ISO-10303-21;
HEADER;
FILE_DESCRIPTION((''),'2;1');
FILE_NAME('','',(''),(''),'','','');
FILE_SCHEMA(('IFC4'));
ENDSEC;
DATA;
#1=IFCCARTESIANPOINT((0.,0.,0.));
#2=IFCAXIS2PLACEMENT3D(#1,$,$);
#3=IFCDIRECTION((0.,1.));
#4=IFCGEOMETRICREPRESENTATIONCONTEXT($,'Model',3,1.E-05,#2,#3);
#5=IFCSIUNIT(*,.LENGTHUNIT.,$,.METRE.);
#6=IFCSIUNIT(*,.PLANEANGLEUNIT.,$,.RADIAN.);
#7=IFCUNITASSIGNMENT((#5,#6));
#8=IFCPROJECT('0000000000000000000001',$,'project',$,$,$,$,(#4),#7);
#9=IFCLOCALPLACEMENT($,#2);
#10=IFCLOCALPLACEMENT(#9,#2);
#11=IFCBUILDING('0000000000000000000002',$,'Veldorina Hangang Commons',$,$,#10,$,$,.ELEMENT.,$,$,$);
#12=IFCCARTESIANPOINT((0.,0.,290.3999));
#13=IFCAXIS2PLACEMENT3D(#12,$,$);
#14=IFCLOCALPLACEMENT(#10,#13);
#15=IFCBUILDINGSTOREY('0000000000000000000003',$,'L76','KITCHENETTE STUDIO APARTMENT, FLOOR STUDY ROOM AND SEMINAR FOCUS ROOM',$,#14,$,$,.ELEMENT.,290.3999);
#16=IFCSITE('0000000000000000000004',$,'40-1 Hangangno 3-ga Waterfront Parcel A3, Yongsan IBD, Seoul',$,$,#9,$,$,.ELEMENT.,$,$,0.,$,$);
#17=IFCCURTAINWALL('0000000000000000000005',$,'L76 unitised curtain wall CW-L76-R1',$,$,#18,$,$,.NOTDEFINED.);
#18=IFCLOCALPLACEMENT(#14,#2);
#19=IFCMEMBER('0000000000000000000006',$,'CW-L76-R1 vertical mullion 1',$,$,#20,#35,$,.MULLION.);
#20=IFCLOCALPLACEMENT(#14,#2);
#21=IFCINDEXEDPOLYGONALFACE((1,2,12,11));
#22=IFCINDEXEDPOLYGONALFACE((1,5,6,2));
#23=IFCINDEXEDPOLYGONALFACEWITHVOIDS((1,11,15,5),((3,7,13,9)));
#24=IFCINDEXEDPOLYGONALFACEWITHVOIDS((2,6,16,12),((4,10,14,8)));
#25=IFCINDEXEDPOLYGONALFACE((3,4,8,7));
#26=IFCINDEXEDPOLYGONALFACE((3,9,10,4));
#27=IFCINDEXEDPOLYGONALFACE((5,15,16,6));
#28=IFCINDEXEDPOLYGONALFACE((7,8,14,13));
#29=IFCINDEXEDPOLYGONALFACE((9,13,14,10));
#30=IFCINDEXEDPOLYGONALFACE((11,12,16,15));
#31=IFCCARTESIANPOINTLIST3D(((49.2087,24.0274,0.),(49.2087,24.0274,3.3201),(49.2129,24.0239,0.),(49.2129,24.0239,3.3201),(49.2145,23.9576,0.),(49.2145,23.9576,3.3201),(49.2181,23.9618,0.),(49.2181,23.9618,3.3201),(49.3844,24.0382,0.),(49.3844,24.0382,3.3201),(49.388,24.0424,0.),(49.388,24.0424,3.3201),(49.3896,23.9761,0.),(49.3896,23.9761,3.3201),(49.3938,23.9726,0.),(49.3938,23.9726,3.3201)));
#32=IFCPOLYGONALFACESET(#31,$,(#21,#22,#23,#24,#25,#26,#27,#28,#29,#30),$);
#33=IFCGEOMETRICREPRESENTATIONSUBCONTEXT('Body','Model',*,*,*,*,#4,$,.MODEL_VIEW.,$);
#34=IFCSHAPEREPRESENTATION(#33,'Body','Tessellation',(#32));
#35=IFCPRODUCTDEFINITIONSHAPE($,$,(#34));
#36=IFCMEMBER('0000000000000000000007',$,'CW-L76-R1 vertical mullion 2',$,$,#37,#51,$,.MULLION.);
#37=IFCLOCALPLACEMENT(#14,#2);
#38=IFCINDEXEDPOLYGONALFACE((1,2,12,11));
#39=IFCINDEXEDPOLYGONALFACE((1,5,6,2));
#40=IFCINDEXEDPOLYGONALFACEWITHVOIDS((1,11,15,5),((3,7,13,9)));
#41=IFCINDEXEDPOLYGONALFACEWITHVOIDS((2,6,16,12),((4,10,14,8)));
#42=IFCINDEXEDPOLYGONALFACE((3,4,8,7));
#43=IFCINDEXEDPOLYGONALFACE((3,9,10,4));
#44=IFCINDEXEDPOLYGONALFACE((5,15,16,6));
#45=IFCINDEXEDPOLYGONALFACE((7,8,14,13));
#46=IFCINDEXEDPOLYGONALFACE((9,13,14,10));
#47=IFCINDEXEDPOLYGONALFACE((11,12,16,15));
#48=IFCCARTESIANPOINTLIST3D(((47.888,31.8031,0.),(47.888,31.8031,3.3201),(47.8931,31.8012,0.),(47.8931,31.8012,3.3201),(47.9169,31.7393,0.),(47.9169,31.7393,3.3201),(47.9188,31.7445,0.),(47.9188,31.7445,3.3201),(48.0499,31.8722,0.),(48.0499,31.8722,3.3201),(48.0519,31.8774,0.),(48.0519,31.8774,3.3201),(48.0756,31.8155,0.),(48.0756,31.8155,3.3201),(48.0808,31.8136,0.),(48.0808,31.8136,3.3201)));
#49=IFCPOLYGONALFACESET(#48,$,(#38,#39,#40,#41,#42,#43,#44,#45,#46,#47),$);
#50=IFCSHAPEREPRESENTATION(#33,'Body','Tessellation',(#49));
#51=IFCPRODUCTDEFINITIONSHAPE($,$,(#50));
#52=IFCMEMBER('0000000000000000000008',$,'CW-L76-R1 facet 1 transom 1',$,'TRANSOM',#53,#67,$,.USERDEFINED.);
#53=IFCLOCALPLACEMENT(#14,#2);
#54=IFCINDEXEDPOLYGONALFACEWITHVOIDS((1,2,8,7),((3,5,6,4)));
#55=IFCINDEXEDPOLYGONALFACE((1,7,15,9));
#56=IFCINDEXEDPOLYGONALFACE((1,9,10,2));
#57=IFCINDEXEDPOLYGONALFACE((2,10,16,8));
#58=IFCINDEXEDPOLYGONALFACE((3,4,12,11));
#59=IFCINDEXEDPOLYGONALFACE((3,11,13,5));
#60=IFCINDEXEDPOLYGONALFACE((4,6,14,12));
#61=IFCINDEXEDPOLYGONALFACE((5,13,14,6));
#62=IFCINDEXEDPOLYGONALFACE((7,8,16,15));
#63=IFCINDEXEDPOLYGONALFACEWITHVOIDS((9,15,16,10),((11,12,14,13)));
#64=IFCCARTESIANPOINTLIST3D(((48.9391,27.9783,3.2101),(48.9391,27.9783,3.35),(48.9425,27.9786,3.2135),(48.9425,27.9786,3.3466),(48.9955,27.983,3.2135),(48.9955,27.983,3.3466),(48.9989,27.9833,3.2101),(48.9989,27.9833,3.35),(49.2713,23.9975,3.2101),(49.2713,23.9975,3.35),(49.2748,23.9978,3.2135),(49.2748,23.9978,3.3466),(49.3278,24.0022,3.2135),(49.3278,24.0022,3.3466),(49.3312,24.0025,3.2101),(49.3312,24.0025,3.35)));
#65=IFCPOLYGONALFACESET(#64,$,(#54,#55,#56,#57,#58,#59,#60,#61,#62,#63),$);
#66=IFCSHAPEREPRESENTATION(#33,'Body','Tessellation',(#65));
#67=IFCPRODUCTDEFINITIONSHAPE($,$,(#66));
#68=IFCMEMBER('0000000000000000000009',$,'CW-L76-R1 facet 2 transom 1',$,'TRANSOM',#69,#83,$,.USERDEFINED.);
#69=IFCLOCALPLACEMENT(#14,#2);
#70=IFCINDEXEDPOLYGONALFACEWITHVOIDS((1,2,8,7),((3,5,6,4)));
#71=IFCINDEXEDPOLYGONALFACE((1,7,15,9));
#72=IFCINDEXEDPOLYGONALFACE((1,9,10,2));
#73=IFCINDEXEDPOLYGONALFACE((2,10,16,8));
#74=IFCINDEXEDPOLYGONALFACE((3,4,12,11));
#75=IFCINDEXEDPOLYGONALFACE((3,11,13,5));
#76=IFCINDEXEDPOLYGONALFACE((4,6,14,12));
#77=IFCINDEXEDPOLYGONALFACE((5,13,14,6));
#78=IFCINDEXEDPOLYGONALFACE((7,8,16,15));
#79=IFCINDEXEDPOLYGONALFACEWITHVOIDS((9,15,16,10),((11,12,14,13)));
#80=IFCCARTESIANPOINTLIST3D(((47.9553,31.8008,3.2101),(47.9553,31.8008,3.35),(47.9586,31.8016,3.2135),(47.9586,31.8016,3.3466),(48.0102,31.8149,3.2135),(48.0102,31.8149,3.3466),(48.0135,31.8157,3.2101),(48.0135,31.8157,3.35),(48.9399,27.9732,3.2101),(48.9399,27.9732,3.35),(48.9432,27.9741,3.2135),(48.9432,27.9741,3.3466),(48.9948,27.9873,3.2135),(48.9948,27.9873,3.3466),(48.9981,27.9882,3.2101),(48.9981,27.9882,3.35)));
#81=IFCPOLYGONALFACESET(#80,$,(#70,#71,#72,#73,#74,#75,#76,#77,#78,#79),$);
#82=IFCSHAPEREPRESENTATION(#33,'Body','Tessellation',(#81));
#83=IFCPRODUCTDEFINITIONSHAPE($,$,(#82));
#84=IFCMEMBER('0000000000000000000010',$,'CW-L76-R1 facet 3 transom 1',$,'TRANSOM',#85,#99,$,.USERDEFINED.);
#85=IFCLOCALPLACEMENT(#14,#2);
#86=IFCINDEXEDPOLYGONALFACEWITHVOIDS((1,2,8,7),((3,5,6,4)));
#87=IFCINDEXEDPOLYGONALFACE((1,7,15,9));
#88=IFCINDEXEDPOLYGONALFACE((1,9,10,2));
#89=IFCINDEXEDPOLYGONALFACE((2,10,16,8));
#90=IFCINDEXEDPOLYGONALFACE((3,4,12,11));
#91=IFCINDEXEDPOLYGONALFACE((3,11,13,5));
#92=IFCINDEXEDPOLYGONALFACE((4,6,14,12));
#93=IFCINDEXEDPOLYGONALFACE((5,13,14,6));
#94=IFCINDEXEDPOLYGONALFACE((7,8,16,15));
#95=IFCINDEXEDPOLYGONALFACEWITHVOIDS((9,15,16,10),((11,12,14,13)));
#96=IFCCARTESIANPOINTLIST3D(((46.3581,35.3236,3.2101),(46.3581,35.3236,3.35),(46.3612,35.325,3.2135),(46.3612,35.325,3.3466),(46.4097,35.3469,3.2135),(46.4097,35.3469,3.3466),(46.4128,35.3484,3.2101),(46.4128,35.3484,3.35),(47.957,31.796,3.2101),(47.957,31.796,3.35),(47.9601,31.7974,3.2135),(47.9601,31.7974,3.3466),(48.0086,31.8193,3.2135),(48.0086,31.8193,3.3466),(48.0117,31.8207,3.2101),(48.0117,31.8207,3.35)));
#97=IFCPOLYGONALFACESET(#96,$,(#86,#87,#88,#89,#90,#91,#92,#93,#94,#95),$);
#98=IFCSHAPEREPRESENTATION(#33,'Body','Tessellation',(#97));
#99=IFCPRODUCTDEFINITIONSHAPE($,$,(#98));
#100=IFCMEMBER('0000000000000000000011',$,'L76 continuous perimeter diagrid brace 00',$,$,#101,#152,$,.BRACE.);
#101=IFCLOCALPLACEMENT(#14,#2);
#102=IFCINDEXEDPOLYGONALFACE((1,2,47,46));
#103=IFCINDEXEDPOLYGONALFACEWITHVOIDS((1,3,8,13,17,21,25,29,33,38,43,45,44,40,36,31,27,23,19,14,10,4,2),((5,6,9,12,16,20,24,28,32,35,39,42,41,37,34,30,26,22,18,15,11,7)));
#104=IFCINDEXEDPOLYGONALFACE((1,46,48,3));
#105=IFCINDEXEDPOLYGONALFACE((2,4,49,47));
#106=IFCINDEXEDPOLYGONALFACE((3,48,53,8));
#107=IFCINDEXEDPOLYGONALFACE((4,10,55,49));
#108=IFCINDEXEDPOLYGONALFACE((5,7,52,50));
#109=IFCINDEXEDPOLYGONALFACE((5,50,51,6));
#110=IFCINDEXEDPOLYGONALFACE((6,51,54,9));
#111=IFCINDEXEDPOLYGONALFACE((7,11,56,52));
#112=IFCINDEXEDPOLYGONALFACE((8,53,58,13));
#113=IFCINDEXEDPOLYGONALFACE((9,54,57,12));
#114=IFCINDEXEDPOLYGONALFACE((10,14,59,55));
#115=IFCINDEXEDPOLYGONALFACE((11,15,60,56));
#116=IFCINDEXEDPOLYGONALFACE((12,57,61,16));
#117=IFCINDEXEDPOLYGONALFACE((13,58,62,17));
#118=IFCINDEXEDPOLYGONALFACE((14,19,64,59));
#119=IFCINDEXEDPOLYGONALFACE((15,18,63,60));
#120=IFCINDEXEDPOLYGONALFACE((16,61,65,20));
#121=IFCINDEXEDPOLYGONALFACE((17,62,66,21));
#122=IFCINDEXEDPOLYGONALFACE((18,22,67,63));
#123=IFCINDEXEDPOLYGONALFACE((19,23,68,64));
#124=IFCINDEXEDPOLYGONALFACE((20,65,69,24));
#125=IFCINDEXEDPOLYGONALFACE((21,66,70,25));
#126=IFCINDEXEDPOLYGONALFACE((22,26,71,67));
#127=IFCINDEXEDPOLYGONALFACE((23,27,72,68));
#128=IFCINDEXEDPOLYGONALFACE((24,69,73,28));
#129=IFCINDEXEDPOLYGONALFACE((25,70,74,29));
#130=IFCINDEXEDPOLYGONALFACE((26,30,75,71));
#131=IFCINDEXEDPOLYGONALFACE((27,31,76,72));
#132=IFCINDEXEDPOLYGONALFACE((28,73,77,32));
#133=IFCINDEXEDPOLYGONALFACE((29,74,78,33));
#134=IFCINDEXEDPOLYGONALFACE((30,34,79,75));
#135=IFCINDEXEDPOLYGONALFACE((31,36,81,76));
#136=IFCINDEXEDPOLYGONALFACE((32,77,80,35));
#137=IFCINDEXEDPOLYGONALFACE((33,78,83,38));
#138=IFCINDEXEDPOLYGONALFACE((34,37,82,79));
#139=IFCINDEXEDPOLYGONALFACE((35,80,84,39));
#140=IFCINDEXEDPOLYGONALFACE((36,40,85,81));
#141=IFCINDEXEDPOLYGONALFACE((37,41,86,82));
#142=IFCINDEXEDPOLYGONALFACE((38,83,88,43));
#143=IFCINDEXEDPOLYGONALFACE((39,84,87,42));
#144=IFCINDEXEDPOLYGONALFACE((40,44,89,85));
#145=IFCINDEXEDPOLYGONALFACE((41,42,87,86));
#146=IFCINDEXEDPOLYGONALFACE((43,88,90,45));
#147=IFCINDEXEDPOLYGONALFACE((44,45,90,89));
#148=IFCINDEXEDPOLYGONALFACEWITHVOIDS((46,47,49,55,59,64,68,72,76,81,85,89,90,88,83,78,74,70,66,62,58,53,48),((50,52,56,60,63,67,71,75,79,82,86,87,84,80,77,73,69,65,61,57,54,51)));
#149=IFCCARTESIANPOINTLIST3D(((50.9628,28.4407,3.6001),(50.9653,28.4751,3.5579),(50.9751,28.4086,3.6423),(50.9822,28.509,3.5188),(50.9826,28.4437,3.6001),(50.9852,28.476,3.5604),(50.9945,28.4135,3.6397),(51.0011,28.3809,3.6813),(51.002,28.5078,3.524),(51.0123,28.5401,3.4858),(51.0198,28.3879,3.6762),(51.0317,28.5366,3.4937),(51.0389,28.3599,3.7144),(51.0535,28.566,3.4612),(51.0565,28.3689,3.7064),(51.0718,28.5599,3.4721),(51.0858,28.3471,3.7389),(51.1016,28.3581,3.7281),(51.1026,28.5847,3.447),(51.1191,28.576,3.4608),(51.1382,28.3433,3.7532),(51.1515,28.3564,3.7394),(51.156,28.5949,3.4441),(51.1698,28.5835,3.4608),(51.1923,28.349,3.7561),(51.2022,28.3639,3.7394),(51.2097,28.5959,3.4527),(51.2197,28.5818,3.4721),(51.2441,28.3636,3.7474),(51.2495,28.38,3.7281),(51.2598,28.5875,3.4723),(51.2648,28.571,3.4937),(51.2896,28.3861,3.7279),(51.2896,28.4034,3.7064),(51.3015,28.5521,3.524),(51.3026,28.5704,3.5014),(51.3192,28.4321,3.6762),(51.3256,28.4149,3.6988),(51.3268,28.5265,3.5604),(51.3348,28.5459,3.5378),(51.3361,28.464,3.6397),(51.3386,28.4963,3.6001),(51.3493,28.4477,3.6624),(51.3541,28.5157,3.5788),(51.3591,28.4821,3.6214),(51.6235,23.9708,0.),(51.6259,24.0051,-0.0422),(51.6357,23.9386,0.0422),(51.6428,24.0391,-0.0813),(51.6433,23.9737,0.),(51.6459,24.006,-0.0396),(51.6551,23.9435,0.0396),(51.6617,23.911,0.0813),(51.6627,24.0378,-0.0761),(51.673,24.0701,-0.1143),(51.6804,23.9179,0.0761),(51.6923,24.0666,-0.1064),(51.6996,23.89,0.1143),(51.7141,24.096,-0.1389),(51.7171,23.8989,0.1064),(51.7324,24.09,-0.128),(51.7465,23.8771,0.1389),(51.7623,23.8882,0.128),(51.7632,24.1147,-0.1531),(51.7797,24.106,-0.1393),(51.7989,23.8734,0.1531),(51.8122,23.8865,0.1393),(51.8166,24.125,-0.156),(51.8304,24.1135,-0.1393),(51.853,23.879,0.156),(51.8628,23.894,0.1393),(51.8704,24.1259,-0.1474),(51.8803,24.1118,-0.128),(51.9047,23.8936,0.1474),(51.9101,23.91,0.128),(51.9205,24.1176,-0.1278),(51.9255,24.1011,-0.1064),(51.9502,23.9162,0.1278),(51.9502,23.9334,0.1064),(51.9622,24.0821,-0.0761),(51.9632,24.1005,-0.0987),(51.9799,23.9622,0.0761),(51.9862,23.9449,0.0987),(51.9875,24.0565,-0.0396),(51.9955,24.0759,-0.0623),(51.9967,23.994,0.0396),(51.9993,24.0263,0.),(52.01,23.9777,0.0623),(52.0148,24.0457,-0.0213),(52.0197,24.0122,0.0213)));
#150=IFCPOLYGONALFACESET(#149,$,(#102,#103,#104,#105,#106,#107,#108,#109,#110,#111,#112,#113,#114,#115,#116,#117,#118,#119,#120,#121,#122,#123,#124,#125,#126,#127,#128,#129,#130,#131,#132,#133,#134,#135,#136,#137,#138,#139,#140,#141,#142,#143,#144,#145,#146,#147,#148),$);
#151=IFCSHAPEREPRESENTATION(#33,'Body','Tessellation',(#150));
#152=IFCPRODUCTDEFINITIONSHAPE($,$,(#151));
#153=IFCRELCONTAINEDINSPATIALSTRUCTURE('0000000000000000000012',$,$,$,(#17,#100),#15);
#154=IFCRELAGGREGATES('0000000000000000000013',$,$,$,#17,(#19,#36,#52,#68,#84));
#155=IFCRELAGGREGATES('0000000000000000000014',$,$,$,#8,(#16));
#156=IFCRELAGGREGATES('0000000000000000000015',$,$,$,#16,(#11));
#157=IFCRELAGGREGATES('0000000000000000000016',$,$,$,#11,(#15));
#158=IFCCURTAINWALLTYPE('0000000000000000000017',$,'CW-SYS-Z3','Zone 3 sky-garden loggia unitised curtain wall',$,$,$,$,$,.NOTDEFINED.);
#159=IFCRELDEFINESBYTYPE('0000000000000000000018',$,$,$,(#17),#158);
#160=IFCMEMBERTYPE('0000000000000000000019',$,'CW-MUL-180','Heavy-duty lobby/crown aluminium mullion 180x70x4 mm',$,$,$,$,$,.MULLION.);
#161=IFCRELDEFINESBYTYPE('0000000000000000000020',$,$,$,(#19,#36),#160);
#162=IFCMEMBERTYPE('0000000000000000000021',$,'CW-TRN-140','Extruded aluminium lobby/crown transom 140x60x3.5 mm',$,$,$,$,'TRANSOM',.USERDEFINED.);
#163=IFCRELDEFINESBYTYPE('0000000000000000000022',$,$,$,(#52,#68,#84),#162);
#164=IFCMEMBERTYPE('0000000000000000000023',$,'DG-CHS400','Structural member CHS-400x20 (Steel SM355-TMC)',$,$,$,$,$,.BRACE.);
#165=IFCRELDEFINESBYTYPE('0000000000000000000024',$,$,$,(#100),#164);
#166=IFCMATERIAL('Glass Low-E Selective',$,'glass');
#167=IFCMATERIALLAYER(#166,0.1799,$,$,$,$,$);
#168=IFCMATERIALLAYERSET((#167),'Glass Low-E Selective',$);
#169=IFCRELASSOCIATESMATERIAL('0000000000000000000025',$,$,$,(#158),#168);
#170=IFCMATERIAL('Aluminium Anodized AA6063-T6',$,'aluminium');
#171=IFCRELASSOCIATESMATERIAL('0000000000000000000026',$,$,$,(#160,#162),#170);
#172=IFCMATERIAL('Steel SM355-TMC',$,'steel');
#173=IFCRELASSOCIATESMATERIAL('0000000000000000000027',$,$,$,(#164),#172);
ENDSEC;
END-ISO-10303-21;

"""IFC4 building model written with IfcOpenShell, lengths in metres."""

from ifc_helpers import new_model, si_unit, direction, frame, origin, origin_2d, place, context, subcontext, project, spatial, hollow_rectangle, hollow_circle, extrude, material, layer, layer_set, material_profile, profile_set, type_object, element, aggregate, save


model = new_model("IFC4")

# Units and contexts
model_context = context("Model", 3, precision=1e-05, world=origin(), true_north=direction((0.0, 1.0)))
body_context = subcontext(model_context, "Body", "Model", "MODEL_VIEW")
ifc_project = project(units=[si_unit("LENGTHUNIT", "METRE"), si_unit("PLANEANGLEUNIT", "RADIAN")], contexts=[model_context])

# Site, building, storey
site_placement = place(None, origin())
site = spatial("IfcSite", under=ifc_project, at=site_placement, Name="40-1 Hangangno 3-ga Waterfront Parcel A3, Yongsan IBD, Seoul", CompositionType="ELEMENT", RefElevation=0.0)
building_placement = place(site_placement, origin())
building = spatial("IfcBuilding", under=site, at=building_placement, Name="Veldorina Hangang Commons", CompositionType="ELEMENT")
storey_placement = place(building_placement, frame((0.0, 0.0, 290.3999)))
storey = spatial("IfcBuildingStorey", under=building, at=storey_placement, Name="L76", Description="KITCHENETTE STUDIO APARTMENT, FLOOR STUDY ROOM AND SEMINAR FOCUS ROOM", CompositionType="ELEMENT", Elevation=290.3999)

# Shared definitions
ifc_material_1 = material(Name="Steel SM355-TMC", Category="steel")

# Curtain wall, members
ifc_material_2 = material(Name="Glass Low-E Selective", Category="glass")
ifc_layer_1 = layer(ifc_material_2, 0.1799)
ifc_layer_set_1 = layer_set([ifc_layer_1], Name="Glass Low-E Selective")
curtain_wall_type = type_object("IfcCurtainWallType", Name="CW-SYS-Z3", Description="Zone 3 sky-garden loggia unitised curtain wall", PredefinedType="NOTDEFINED", material=ifc_layer_set_1)
curtain_wall_placement = place(storey_placement, origin())
curtain_wall = element("IfcCurtainWall", 1, at=curtain_wall_placement, inside=storey, type_object=curtain_wall_type, Name="L76 unitised curtain wall CW-L76-R1", PredefinedType="NOTDEFINED")
ifc_material_3 = material(Name="Aluminium Anodized AA6063-T6", Category="aluminium")
ifc_material_profile_1 = material_profile(ifc_material_3, hollow_rectangle(XDim=0.0701, YDim=0.1799, WallThickness=0.0039, at=origin_2d()), Name="ALU-RHS-180x70x4")
ifc_profile_set_1 = profile_set([ifc_material_profile_1], Name="Aluminium Anodized AA6063-T6")
member_type_1 = type_object("IfcMemberType", Name="CW-MUL-180", Description="Heavy-duty lobby/crown aluminium mullion 180x70x4 mm", PredefinedType="MULLION", material=ifc_profile_set_1)
member_1_placement = place(storey_placement, frame((49.3013, 24.0, 0.0), z_axis=(0.0, 0.0, 1.0), x_axis=(-0.083208, 0.996532, 0.0)))
member_1 = element("IfcMember", 2, at=member_1_placement, type_object=member_type_1, Name="CW-L76-R1 vertical mullion 1", PredefinedType="MULLION", context=body_context, shape_type="SweptSolid", body=[
    extrude(hollow_rectangle(XDim=0.0701, YDim=0.1799, WallThickness=0.0039, at=origin_2d()), origin(), (0.0, 0.0, 1.0), 3.3201),
])
member_2_placement = place(storey_placement, frame((47.9844, 31.8083, 0.0), z_axis=(0.0, 0.0, 1.0), x_axis=(-0.412802, 0.910821, 0.0)))
member_2 = element("IfcMember", 3, at=member_2_placement, type_object=member_type_1, Name="CW-L76-R1 vertical mullion 2", PredefinedType="MULLION", context=body_context, shape_type="SweptSolid", body=[
    extrude(hollow_rectangle(XDim=0.0701, YDim=0.1799, WallThickness=0.0039, at=origin_2d()), origin(), (0.0, 0.0, 1.0), 3.3201),
])
ifc_material_profile_2 = material_profile(ifc_material_3, hollow_rectangle(XDim=0.0601, YDim=0.1399, WallThickness=0.0034, at=origin_2d()), Name="ALU-RHS-140x60x3.5")
ifc_profile_set_2 = profile_set([ifc_material_profile_2], Name="Aluminium Anodized AA6063-T6")
member_type_2 = type_object("IfcMemberType", Name="CW-TRN-140", Description="Extruded aluminium lobby/crown transom 140x60x3.5 mm", ElementType="TRANSOM", PredefinedType="USERDEFINED", material=ifc_profile_set_2)
member_3_placement = place(storey_placement, frame((49.3013, 24.0, 3.28), z_axis=(-0.083182, 0.996534, 0.0), x_axis=(-0.996534, -0.083182, 0.0)))
member_3 = element("IfcMember", 4, at=member_3_placement, type_object=member_type_2, Name="CW-L76-R1 facet 1 transom 1", ObjectType="TRANSOM", PredefinedType="USERDEFINED", context=body_context, shape_type="SweptSolid", body=[
    extrude(hollow_rectangle(XDim=0.0601, YDim=0.1399, WallThickness=0.0034, at=origin_2d()), origin(), (0.0, 0.0, 1.0), 3.9946),
])
member_4_placement = place(storey_placement, frame((48.969, 27.9807, 3.28), z_axis=(-0.249129, 0.96847, 0.0), x_axis=(-0.96847, -0.249129, 0.0)))
member_4 = element("IfcMember", 5, at=member_4_placement, type_object=member_type_2, Name="CW-L76-R1 facet 2 transom 1", ObjectType="TRANSOM", PredefinedType="USERDEFINED", context=body_context, shape_type="SweptSolid", body=[
    extrude(hollow_rectangle(XDim=0.0601, YDim=0.1399, WallThickness=0.0034, at=origin_2d()), origin(), (0.0, 0.0, 1.0), 3.9521),
])
member_5_placement = place(storey_placement, frame((47.9844, 31.8083, 3.28), z_axis=(-0.412824, 0.910811, 0.0), x_axis=(-0.910811, -0.412824, 0.0)))
member_5 = element("IfcMember", 6, at=member_5_placement, type_object=member_type_2, Name="CW-L76-R1 facet 3 transom 1", ObjectType="TRANSOM", PredefinedType="USERDEFINED", context=body_context, shape_type="SweptSolid", body=[
    extrude(hollow_rectangle(XDim=0.0601, YDim=0.1399, WallThickness=0.0034, at=origin_2d()), origin(), (0.0, 0.0, 1.0), 3.873),
])

# Member
ifc_material_profile_3 = material_profile(ifc_material_1, hollow_circle(Radius=0.2, WallThickness=0.02, at=origin_2d()), Name="CHS-400x20")
ifc_profile_set_3 = profile_set([ifc_material_profile_3], Name="Steel SM355-TMC")
member_type_3 = type_object("IfcMemberType", Name="DG-CHS400", Description="Structural member CHS-400x20 (Steel SM355-TMC)", PredefinedType="BRACE", material=ifc_profile_set_3)
member_6_placement = place(storey_placement, frame((51.8213, 24.0, 0.0), z_axis=(-0.114351, 0.773706, 0.62314), x_axis=(-0.989254, -0.146208, 0.0)))
element("IfcMember", 7, at=member_6_placement, inside=storey, type_object=member_type_3, Name="L76 continuous perimeter diagrid brace 00", PredefinedType="BRACE", context=body_context, shape_type="SweptSolid", body=[
    extrude(hollow_circle(Radius=0.2, WallThickness=0.02, at=origin_2d()), origin(), (0.0, 0.0, 1.0), 5.7773),
])

aggregate(curtain_wall, [member_1, member_2, member_3, member_4, member_5])

save(model, "model.ifc")
